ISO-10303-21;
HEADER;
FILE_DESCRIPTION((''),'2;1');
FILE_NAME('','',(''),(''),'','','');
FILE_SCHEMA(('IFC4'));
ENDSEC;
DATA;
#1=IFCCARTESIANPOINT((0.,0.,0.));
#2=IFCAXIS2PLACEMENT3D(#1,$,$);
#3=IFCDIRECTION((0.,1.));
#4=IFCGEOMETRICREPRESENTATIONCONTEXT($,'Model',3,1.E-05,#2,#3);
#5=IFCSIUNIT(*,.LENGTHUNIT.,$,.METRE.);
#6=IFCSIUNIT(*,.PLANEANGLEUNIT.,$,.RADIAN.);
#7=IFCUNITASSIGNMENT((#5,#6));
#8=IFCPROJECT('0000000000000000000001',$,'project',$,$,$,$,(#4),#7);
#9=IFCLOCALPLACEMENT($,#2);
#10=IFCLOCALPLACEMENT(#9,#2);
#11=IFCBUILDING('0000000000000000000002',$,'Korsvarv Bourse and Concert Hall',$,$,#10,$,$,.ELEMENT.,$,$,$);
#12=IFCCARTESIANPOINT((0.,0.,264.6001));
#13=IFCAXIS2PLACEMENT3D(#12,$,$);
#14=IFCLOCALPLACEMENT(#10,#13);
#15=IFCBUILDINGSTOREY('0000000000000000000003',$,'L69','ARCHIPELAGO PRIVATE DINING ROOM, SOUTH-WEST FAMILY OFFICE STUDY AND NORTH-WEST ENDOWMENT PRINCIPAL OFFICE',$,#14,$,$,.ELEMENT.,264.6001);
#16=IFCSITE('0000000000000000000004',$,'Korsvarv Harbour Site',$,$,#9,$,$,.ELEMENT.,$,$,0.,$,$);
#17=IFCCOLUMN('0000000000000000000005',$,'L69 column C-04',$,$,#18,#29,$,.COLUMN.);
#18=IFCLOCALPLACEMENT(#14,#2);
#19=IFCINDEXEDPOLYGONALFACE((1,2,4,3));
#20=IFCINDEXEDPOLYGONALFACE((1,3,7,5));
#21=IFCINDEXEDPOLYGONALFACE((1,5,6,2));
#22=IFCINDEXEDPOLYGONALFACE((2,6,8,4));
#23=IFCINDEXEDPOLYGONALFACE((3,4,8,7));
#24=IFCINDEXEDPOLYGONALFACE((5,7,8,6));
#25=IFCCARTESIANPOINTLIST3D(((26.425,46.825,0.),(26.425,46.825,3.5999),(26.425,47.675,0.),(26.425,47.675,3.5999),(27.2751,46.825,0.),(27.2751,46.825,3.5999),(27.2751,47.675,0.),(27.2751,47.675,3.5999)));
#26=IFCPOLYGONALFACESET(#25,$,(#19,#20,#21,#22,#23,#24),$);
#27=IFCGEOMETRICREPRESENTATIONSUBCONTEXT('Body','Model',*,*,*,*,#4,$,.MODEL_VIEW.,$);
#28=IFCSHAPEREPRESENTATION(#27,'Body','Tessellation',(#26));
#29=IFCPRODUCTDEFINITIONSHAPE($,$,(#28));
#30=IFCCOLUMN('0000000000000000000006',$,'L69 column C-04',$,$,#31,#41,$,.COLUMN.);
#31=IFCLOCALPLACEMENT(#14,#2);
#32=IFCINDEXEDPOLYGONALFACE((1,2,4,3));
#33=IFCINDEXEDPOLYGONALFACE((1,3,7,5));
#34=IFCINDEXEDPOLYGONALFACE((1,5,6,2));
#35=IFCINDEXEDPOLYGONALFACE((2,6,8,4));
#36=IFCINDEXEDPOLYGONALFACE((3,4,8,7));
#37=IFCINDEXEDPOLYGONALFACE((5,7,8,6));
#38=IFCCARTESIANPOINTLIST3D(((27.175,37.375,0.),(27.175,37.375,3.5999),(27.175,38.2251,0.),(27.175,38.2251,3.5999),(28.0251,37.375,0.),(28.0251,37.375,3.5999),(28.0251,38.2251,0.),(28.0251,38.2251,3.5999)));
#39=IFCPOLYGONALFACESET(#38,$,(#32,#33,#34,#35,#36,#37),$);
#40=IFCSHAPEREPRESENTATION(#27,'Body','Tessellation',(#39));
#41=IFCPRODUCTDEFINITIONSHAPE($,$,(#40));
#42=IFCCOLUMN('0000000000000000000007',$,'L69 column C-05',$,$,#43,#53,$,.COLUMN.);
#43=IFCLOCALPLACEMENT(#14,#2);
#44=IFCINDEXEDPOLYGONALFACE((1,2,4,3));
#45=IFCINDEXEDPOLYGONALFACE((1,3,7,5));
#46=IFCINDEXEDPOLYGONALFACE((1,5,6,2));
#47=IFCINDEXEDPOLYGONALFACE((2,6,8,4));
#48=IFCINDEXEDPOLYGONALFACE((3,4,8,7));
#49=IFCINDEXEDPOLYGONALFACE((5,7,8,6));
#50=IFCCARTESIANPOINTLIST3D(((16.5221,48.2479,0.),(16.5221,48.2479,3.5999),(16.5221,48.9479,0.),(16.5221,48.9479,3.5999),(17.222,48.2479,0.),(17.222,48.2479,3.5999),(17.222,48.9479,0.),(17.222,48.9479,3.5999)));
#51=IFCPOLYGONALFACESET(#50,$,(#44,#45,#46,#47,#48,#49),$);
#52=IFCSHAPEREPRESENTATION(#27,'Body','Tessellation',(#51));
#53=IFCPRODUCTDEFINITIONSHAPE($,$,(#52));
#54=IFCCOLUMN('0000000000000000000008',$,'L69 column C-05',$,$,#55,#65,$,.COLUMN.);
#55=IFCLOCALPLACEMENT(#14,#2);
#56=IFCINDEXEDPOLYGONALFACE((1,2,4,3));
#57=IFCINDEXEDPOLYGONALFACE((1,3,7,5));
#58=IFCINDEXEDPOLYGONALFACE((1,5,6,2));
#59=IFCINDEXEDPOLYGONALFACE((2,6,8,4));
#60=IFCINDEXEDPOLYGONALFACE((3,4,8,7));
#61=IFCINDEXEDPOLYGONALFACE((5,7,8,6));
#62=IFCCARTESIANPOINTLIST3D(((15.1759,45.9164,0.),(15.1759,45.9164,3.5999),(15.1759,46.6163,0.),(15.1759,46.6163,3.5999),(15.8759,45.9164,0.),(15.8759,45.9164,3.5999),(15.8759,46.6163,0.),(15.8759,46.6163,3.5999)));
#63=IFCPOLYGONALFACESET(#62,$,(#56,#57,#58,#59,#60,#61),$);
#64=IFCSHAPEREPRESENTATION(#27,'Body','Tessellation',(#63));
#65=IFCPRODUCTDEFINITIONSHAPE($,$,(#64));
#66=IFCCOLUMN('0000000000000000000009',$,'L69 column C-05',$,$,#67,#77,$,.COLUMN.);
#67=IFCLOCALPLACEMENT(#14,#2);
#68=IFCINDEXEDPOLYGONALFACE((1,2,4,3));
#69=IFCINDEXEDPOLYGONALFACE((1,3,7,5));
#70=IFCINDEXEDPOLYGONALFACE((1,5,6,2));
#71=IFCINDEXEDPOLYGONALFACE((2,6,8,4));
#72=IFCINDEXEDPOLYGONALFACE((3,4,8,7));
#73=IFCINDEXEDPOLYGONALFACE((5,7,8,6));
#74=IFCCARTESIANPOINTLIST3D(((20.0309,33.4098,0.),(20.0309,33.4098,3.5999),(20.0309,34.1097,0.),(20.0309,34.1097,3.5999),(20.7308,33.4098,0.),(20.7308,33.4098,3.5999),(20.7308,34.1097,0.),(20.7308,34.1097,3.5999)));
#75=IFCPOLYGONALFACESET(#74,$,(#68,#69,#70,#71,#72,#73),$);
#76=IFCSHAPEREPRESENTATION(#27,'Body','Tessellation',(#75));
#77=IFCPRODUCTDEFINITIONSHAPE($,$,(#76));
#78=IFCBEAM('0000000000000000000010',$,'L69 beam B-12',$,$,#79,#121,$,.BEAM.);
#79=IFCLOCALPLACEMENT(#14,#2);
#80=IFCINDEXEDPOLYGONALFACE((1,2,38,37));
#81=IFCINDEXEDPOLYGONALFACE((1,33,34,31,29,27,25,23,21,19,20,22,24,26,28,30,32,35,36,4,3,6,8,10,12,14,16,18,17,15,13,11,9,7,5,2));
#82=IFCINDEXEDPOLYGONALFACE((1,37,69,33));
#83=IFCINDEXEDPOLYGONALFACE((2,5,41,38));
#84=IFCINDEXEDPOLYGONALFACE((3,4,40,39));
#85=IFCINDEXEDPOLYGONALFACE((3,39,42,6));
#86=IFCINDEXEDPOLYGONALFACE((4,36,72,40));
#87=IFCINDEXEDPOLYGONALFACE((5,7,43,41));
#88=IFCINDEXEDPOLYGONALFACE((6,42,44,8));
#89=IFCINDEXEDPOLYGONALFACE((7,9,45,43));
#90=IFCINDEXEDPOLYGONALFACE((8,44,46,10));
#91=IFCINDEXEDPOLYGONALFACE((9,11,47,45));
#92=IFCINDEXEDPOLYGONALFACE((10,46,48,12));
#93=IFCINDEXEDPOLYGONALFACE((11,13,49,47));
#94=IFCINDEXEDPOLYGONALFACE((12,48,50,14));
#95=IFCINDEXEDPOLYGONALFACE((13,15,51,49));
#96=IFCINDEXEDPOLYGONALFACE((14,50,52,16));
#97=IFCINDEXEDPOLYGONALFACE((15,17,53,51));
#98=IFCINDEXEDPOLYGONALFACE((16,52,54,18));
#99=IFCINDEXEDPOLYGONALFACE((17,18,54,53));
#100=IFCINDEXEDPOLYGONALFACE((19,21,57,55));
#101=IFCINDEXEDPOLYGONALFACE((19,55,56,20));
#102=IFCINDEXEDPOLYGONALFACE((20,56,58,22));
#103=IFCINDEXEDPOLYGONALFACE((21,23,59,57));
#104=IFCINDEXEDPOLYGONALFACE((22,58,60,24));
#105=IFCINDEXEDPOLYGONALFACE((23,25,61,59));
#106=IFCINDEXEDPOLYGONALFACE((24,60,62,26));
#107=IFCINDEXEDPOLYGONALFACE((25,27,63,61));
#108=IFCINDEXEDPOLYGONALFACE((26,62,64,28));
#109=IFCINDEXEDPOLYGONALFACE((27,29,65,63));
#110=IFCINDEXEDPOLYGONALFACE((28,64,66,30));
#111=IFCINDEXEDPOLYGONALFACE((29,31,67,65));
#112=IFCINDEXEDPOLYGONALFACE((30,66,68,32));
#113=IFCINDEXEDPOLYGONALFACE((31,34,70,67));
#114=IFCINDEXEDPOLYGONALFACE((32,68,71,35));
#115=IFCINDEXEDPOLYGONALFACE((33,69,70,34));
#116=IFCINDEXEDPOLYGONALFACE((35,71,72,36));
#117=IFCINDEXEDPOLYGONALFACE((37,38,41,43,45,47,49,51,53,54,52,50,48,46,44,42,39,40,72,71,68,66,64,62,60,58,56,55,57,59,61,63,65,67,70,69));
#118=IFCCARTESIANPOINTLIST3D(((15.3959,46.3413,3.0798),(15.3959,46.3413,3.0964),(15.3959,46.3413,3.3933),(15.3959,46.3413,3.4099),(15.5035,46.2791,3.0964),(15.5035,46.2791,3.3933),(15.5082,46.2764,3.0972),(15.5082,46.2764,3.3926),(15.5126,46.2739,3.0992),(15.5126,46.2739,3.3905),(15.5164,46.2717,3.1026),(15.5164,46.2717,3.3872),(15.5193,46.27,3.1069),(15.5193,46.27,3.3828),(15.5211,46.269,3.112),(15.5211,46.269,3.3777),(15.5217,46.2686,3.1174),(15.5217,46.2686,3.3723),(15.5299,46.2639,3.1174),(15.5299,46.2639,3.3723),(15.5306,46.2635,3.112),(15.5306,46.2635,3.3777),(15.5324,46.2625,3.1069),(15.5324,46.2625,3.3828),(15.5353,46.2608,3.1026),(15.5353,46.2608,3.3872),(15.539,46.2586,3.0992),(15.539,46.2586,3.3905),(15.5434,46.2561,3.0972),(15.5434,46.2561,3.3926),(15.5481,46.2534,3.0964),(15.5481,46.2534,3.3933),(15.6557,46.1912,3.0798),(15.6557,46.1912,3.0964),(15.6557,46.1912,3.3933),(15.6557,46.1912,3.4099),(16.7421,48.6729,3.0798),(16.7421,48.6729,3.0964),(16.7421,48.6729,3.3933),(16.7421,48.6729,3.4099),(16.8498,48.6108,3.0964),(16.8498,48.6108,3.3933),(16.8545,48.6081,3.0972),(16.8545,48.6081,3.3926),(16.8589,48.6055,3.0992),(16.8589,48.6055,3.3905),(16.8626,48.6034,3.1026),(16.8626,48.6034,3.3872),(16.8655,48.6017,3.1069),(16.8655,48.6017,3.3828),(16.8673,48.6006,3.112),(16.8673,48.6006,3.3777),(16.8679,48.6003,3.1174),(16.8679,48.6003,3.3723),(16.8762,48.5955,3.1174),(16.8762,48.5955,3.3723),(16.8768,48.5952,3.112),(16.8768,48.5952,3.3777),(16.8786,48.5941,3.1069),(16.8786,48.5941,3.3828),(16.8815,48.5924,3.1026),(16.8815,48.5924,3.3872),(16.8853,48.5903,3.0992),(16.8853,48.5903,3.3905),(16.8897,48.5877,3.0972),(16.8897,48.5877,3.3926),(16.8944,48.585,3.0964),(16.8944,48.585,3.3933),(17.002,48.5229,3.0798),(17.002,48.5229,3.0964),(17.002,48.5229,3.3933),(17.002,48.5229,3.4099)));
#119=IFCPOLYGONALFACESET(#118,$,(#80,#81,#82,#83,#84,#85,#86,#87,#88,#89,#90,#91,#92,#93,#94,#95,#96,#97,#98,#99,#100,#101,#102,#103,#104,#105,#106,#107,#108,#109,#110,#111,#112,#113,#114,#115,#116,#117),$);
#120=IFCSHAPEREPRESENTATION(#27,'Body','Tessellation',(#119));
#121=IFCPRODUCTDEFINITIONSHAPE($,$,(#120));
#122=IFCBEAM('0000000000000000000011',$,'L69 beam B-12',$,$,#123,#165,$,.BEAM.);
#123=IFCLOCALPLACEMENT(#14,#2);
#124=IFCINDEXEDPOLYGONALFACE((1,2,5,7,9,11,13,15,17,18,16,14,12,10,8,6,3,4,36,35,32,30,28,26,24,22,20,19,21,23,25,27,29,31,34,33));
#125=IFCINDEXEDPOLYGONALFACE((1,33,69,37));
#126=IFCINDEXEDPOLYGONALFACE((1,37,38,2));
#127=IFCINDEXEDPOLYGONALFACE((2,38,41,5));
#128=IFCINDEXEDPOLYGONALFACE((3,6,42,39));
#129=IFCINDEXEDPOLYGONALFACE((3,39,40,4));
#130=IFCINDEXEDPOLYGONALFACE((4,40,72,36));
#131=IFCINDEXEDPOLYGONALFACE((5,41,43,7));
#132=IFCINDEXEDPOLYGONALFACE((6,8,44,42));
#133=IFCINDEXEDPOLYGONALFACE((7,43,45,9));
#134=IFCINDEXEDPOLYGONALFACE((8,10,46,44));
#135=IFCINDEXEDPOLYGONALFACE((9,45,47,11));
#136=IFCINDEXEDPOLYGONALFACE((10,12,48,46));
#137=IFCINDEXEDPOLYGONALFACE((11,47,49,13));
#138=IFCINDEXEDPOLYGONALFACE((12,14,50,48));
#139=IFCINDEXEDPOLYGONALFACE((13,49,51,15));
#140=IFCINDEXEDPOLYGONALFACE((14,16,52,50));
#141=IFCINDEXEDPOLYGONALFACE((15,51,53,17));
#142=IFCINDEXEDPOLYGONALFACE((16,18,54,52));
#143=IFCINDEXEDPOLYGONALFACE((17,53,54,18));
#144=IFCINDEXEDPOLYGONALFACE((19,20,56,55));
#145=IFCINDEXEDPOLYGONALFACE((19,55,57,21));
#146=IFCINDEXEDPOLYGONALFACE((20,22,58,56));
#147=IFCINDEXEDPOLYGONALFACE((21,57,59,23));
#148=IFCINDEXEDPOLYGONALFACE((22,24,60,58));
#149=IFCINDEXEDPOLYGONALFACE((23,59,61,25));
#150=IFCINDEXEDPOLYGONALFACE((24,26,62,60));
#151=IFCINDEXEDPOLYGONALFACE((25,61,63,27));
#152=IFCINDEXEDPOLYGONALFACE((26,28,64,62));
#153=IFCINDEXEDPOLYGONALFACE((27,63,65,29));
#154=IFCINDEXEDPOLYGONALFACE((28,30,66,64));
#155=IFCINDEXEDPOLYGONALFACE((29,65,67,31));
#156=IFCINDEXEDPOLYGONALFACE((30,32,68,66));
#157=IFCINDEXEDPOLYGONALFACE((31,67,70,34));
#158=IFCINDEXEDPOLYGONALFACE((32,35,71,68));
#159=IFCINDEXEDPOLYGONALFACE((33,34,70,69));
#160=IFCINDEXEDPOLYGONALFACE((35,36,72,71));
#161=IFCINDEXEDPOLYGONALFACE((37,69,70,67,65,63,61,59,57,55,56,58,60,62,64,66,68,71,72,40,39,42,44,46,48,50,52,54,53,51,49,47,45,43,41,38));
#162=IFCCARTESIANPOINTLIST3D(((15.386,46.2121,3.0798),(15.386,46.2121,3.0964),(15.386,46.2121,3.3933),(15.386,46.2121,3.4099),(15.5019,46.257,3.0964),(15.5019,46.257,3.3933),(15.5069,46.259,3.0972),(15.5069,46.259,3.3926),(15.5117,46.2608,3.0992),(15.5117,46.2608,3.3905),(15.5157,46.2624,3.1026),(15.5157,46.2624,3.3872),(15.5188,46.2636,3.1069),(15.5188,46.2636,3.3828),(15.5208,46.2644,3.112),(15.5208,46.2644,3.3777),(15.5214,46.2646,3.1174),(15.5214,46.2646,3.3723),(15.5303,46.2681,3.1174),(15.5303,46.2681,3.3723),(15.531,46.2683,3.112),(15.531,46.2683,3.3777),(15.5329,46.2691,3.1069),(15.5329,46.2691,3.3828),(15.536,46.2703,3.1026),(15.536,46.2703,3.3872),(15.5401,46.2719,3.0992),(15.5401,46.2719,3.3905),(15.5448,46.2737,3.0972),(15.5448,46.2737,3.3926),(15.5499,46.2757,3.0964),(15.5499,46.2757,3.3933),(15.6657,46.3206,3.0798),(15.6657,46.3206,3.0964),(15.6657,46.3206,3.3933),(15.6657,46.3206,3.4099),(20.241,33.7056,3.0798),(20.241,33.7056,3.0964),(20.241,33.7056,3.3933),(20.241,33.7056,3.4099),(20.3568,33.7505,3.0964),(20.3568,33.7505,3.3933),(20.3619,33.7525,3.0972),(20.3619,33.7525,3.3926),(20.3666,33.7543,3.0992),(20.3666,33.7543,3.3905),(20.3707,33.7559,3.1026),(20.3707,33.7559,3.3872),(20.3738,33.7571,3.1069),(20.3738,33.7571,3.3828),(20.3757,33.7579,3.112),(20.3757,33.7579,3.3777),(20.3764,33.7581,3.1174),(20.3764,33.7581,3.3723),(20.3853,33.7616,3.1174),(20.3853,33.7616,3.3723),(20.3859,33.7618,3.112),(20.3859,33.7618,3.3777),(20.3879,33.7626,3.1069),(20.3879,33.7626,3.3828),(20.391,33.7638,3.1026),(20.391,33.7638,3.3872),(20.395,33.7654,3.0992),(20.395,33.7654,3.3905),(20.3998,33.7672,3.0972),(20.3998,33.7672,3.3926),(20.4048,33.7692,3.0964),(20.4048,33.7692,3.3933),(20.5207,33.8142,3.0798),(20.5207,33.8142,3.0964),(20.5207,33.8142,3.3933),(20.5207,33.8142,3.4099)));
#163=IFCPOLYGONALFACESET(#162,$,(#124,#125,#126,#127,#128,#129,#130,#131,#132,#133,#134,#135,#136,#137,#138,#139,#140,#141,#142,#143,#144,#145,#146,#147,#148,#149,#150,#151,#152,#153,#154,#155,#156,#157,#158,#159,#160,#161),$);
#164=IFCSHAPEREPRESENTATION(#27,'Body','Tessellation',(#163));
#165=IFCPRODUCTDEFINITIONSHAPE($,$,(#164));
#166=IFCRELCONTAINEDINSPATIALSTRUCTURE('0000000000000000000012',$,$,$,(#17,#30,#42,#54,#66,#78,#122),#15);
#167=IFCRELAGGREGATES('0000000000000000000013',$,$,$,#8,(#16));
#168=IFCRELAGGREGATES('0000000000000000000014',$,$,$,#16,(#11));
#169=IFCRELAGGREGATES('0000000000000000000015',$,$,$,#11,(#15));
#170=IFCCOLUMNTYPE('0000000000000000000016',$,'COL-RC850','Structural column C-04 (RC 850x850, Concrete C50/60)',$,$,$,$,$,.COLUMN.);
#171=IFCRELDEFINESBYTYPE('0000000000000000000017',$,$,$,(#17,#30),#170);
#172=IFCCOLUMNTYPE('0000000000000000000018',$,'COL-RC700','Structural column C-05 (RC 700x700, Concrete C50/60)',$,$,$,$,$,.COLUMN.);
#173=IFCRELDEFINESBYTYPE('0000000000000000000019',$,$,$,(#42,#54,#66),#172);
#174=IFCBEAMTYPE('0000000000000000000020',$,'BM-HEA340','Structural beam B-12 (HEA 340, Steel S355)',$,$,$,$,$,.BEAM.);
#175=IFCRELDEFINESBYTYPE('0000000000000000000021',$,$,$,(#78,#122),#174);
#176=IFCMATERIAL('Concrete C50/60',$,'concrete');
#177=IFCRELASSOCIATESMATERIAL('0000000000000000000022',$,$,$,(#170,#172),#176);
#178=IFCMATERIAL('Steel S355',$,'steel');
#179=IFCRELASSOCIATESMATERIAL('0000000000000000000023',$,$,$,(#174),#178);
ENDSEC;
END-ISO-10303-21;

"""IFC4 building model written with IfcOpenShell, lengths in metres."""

from ifc_helpers import new_model, si_unit, direction, frame, origin, origin_2d, place, context, subcontext, project, spatial, rectangle, i_section, extrude, source, transform, mapped, material, material_profile, profile_set, type_object, element, save


model = new_model("IFC4")

# Units and contexts
model_context = context("Model", 3, precision=1e-05, world=origin(), true_north=direction((0.0, 1.0)))
body_context = subcontext(model_context, "Body", "Model", "MODEL_VIEW")
ifc_project = project(units=[si_unit("LENGTHUNIT", "METRE"), si_unit("PLANEANGLEUNIT", "RADIAN")], contexts=[model_context])

# Site, building, storey
site_placement = place(None, origin())
site = spatial("IfcSite", under=ifc_project, at=site_placement, Name="Korsvarv Harbour Site", CompositionType="ELEMENT", RefElevation=0.0)
building_placement = place(site_placement, origin())
building = spatial("IfcBuilding", under=site, at=building_placement, Name="Korsvarv Bourse and Concert Hall", CompositionType="ELEMENT")
storey_placement = place(building_placement, frame((0.0, 0.0, 264.6001)))
storey = spatial("IfcBuildingStorey", under=building, at=storey_placement, Name="L69", Description="ARCHIPELAGO PRIVATE DINING ROOM, SOUTH-WEST FAMILY OFFICE STUDY AND NORTH-WEST ENDOWMENT PRINCIPAL OFFICE", CompositionType="ELEMENT", Elevation=264.6001)

# Columns
ifc_material_1 = material(Name="Concrete C50/60", Category="concrete")
ifc_material_profile_1 = material_profile(ifc_material_1, rectangle(XDim=0.8501, YDim=0.8501, at=origin_2d()), Name="RC 850x850")
ifc_profile_set_1 = profile_set([ifc_material_profile_1], Name="Concrete C50/60")
column_type_1 = type_object("IfcColumnType", Name="COL-RC850", Description="Structural column C-04 (RC 850x850, Concrete C50/60)", PredefinedType="COLUMN", material=ifc_profile_set_1)
shared_shape_1 = source(origin(), body_context, "Body", "SweptSolid", [
    extrude(rectangle(XDim=0.8501, YDim=0.8501, at=origin_2d()), origin(), (0.0, 0.0, 1.0), 3.5999),
])
for number, where, z_axis, x_axis, name in (
    (1, (26.8501, 47.25, 0.0), (0.0, 0.0, 1.0), (1.0, 0.0, 0.0), "L69 column C-04"),
    (2, (27.6001, 37.8, 0.0), (0.0, 0.0, 1.0), (1.0, 0.0, 0.0), "L69 column C-04"),
):
    element("IfcColumn", number, at=place(storey_placement, frame(where, z_axis=z_axis, x_axis=x_axis)), inside=storey, type_object=column_type_1, Name=name, PredefinedType="COLUMN", context=body_context, shape_type="MappedRepresentation", body=[
        mapped(shared_shape_1, transform((0.0, 0.0, 0.0), scale=1.0)),
    ])
ifc_material_profile_2 = material_profile(ifc_material_1, rectangle(XDim=0.7, YDim=0.7, at=origin_2d()), Name="RC 700x700")
ifc_profile_set_2 = profile_set([ifc_material_profile_2], Name="Concrete C50/60")
column_type_2 = type_object("IfcColumnType", Name="COL-RC700", Description="Structural column C-05 (RC 700x700, Concrete C50/60)", PredefinedType="COLUMN", material=ifc_profile_set_2)
shared_shape_2 = source(origin(), body_context, "Body", "SweptSolid", [
    extrude(rectangle(XDim=0.7, YDim=0.7, at=origin_2d()), origin(), (0.0, 0.0, 1.0), 3.5999),
])
for number, where, z_axis, x_axis, name in (
    (3, (16.8721, 48.5979, 0.0), (0.0, 0.0, 1.0), (1.0, 0.0, 0.0), "L69 column C-05"),
    (4, (15.5259, 46.2664, 0.0), (0.0, 0.0, 1.0), (1.0, 0.0, 0.0), "L69 column C-05"),
    (5, (20.3809, 33.7598, 0.0), (0.0, 0.0, 1.0), (1.0, 0.0, 0.0), "L69 column C-05"),
):
    element("IfcColumn", number, at=place(storey_placement, frame(where, z_axis=z_axis, x_axis=x_axis)), inside=storey, type_object=column_type_2, Name=name, PredefinedType="COLUMN", context=body_context, shape_type="MappedRepresentation", body=[
        mapped(shared_shape_2, transform((0.0, 0.0, 0.0), scale=1.0)),
    ])

# Beams
ifc_material_2 = material(Name="Steel S355", Category="steel")
ifc_material_profile_3 = material_profile(ifc_material_2, i_section(OverallWidth=0.3, OverallDepth=0.3301, WebThickness=0.0095, FlangeThickness=0.0166, FilletRadius=0.021, at=origin_2d()), Name="HEA 340")
ifc_profile_set_3 = profile_set([ifc_material_profile_3], Name="Steel S355")
beam_type_1 = type_object("IfcBeamType", Name="BM-HEA340", Description="Structural beam B-12 (HEA 340, Steel S355)", PredefinedType="BEAM", material=ifc_profile_set_3)
shared_shape_3 = source(origin(), body_context, "Body", "SweptSolid", [
    extrude(i_section(OverallWidth=0.3, OverallDepth=0.3301, WebThickness=0.0095, FlangeThickness=0.0166, FilletRadius=0.021, at=origin_2d()), origin(), (0.0, 0.0, 1.0), 2.6924),
])
beam_1_placement = place(storey_placement, frame((16.8721, 48.5979, 3.2449), z_axis=(-0.500021, -0.866013, 0.0), x_axis=(0.866013, -0.500021, 0.0)))
element("IfcBeam", 6, at=beam_1_placement, inside=storey, type_object=beam_type_1, Name="L69 beam B-12", PredefinedType="BEAM", context=body_context, shape_type="MappedRepresentation", body=[
    mapped(shared_shape_3, transform((0.0, 0.0, 0.0), scale=1.0)),
])
shared_shape_4 = source(origin(), body_context, "Body", "SweptSolid", [
    extrude(i_section(OverallWidth=0.3, OverallDepth=0.3301, WebThickness=0.0095, FlangeThickness=0.0166, FilletRadius=0.021, at=origin_2d()), origin(), (0.0, 0.0, 1.0), 13.4158),
])
beam_2_placement = place(storey_placement, frame((15.5259, 46.2664, 3.2449), z_axis=(0.361883, -0.932223, 0.0), x_axis=(0.932223, 0.361883, 0.0)))
element("IfcBeam", 7, at=beam_2_placement, inside=storey, type_object=beam_type_1, Name="L69 beam B-12", PredefinedType="BEAM", context=body_context, shape_type="MappedRepresentation", body=[
    mapped(shared_shape_4, transform((0.0, 0.0, 0.0), scale=1.0)),
])

save(model, "model.ifc")
